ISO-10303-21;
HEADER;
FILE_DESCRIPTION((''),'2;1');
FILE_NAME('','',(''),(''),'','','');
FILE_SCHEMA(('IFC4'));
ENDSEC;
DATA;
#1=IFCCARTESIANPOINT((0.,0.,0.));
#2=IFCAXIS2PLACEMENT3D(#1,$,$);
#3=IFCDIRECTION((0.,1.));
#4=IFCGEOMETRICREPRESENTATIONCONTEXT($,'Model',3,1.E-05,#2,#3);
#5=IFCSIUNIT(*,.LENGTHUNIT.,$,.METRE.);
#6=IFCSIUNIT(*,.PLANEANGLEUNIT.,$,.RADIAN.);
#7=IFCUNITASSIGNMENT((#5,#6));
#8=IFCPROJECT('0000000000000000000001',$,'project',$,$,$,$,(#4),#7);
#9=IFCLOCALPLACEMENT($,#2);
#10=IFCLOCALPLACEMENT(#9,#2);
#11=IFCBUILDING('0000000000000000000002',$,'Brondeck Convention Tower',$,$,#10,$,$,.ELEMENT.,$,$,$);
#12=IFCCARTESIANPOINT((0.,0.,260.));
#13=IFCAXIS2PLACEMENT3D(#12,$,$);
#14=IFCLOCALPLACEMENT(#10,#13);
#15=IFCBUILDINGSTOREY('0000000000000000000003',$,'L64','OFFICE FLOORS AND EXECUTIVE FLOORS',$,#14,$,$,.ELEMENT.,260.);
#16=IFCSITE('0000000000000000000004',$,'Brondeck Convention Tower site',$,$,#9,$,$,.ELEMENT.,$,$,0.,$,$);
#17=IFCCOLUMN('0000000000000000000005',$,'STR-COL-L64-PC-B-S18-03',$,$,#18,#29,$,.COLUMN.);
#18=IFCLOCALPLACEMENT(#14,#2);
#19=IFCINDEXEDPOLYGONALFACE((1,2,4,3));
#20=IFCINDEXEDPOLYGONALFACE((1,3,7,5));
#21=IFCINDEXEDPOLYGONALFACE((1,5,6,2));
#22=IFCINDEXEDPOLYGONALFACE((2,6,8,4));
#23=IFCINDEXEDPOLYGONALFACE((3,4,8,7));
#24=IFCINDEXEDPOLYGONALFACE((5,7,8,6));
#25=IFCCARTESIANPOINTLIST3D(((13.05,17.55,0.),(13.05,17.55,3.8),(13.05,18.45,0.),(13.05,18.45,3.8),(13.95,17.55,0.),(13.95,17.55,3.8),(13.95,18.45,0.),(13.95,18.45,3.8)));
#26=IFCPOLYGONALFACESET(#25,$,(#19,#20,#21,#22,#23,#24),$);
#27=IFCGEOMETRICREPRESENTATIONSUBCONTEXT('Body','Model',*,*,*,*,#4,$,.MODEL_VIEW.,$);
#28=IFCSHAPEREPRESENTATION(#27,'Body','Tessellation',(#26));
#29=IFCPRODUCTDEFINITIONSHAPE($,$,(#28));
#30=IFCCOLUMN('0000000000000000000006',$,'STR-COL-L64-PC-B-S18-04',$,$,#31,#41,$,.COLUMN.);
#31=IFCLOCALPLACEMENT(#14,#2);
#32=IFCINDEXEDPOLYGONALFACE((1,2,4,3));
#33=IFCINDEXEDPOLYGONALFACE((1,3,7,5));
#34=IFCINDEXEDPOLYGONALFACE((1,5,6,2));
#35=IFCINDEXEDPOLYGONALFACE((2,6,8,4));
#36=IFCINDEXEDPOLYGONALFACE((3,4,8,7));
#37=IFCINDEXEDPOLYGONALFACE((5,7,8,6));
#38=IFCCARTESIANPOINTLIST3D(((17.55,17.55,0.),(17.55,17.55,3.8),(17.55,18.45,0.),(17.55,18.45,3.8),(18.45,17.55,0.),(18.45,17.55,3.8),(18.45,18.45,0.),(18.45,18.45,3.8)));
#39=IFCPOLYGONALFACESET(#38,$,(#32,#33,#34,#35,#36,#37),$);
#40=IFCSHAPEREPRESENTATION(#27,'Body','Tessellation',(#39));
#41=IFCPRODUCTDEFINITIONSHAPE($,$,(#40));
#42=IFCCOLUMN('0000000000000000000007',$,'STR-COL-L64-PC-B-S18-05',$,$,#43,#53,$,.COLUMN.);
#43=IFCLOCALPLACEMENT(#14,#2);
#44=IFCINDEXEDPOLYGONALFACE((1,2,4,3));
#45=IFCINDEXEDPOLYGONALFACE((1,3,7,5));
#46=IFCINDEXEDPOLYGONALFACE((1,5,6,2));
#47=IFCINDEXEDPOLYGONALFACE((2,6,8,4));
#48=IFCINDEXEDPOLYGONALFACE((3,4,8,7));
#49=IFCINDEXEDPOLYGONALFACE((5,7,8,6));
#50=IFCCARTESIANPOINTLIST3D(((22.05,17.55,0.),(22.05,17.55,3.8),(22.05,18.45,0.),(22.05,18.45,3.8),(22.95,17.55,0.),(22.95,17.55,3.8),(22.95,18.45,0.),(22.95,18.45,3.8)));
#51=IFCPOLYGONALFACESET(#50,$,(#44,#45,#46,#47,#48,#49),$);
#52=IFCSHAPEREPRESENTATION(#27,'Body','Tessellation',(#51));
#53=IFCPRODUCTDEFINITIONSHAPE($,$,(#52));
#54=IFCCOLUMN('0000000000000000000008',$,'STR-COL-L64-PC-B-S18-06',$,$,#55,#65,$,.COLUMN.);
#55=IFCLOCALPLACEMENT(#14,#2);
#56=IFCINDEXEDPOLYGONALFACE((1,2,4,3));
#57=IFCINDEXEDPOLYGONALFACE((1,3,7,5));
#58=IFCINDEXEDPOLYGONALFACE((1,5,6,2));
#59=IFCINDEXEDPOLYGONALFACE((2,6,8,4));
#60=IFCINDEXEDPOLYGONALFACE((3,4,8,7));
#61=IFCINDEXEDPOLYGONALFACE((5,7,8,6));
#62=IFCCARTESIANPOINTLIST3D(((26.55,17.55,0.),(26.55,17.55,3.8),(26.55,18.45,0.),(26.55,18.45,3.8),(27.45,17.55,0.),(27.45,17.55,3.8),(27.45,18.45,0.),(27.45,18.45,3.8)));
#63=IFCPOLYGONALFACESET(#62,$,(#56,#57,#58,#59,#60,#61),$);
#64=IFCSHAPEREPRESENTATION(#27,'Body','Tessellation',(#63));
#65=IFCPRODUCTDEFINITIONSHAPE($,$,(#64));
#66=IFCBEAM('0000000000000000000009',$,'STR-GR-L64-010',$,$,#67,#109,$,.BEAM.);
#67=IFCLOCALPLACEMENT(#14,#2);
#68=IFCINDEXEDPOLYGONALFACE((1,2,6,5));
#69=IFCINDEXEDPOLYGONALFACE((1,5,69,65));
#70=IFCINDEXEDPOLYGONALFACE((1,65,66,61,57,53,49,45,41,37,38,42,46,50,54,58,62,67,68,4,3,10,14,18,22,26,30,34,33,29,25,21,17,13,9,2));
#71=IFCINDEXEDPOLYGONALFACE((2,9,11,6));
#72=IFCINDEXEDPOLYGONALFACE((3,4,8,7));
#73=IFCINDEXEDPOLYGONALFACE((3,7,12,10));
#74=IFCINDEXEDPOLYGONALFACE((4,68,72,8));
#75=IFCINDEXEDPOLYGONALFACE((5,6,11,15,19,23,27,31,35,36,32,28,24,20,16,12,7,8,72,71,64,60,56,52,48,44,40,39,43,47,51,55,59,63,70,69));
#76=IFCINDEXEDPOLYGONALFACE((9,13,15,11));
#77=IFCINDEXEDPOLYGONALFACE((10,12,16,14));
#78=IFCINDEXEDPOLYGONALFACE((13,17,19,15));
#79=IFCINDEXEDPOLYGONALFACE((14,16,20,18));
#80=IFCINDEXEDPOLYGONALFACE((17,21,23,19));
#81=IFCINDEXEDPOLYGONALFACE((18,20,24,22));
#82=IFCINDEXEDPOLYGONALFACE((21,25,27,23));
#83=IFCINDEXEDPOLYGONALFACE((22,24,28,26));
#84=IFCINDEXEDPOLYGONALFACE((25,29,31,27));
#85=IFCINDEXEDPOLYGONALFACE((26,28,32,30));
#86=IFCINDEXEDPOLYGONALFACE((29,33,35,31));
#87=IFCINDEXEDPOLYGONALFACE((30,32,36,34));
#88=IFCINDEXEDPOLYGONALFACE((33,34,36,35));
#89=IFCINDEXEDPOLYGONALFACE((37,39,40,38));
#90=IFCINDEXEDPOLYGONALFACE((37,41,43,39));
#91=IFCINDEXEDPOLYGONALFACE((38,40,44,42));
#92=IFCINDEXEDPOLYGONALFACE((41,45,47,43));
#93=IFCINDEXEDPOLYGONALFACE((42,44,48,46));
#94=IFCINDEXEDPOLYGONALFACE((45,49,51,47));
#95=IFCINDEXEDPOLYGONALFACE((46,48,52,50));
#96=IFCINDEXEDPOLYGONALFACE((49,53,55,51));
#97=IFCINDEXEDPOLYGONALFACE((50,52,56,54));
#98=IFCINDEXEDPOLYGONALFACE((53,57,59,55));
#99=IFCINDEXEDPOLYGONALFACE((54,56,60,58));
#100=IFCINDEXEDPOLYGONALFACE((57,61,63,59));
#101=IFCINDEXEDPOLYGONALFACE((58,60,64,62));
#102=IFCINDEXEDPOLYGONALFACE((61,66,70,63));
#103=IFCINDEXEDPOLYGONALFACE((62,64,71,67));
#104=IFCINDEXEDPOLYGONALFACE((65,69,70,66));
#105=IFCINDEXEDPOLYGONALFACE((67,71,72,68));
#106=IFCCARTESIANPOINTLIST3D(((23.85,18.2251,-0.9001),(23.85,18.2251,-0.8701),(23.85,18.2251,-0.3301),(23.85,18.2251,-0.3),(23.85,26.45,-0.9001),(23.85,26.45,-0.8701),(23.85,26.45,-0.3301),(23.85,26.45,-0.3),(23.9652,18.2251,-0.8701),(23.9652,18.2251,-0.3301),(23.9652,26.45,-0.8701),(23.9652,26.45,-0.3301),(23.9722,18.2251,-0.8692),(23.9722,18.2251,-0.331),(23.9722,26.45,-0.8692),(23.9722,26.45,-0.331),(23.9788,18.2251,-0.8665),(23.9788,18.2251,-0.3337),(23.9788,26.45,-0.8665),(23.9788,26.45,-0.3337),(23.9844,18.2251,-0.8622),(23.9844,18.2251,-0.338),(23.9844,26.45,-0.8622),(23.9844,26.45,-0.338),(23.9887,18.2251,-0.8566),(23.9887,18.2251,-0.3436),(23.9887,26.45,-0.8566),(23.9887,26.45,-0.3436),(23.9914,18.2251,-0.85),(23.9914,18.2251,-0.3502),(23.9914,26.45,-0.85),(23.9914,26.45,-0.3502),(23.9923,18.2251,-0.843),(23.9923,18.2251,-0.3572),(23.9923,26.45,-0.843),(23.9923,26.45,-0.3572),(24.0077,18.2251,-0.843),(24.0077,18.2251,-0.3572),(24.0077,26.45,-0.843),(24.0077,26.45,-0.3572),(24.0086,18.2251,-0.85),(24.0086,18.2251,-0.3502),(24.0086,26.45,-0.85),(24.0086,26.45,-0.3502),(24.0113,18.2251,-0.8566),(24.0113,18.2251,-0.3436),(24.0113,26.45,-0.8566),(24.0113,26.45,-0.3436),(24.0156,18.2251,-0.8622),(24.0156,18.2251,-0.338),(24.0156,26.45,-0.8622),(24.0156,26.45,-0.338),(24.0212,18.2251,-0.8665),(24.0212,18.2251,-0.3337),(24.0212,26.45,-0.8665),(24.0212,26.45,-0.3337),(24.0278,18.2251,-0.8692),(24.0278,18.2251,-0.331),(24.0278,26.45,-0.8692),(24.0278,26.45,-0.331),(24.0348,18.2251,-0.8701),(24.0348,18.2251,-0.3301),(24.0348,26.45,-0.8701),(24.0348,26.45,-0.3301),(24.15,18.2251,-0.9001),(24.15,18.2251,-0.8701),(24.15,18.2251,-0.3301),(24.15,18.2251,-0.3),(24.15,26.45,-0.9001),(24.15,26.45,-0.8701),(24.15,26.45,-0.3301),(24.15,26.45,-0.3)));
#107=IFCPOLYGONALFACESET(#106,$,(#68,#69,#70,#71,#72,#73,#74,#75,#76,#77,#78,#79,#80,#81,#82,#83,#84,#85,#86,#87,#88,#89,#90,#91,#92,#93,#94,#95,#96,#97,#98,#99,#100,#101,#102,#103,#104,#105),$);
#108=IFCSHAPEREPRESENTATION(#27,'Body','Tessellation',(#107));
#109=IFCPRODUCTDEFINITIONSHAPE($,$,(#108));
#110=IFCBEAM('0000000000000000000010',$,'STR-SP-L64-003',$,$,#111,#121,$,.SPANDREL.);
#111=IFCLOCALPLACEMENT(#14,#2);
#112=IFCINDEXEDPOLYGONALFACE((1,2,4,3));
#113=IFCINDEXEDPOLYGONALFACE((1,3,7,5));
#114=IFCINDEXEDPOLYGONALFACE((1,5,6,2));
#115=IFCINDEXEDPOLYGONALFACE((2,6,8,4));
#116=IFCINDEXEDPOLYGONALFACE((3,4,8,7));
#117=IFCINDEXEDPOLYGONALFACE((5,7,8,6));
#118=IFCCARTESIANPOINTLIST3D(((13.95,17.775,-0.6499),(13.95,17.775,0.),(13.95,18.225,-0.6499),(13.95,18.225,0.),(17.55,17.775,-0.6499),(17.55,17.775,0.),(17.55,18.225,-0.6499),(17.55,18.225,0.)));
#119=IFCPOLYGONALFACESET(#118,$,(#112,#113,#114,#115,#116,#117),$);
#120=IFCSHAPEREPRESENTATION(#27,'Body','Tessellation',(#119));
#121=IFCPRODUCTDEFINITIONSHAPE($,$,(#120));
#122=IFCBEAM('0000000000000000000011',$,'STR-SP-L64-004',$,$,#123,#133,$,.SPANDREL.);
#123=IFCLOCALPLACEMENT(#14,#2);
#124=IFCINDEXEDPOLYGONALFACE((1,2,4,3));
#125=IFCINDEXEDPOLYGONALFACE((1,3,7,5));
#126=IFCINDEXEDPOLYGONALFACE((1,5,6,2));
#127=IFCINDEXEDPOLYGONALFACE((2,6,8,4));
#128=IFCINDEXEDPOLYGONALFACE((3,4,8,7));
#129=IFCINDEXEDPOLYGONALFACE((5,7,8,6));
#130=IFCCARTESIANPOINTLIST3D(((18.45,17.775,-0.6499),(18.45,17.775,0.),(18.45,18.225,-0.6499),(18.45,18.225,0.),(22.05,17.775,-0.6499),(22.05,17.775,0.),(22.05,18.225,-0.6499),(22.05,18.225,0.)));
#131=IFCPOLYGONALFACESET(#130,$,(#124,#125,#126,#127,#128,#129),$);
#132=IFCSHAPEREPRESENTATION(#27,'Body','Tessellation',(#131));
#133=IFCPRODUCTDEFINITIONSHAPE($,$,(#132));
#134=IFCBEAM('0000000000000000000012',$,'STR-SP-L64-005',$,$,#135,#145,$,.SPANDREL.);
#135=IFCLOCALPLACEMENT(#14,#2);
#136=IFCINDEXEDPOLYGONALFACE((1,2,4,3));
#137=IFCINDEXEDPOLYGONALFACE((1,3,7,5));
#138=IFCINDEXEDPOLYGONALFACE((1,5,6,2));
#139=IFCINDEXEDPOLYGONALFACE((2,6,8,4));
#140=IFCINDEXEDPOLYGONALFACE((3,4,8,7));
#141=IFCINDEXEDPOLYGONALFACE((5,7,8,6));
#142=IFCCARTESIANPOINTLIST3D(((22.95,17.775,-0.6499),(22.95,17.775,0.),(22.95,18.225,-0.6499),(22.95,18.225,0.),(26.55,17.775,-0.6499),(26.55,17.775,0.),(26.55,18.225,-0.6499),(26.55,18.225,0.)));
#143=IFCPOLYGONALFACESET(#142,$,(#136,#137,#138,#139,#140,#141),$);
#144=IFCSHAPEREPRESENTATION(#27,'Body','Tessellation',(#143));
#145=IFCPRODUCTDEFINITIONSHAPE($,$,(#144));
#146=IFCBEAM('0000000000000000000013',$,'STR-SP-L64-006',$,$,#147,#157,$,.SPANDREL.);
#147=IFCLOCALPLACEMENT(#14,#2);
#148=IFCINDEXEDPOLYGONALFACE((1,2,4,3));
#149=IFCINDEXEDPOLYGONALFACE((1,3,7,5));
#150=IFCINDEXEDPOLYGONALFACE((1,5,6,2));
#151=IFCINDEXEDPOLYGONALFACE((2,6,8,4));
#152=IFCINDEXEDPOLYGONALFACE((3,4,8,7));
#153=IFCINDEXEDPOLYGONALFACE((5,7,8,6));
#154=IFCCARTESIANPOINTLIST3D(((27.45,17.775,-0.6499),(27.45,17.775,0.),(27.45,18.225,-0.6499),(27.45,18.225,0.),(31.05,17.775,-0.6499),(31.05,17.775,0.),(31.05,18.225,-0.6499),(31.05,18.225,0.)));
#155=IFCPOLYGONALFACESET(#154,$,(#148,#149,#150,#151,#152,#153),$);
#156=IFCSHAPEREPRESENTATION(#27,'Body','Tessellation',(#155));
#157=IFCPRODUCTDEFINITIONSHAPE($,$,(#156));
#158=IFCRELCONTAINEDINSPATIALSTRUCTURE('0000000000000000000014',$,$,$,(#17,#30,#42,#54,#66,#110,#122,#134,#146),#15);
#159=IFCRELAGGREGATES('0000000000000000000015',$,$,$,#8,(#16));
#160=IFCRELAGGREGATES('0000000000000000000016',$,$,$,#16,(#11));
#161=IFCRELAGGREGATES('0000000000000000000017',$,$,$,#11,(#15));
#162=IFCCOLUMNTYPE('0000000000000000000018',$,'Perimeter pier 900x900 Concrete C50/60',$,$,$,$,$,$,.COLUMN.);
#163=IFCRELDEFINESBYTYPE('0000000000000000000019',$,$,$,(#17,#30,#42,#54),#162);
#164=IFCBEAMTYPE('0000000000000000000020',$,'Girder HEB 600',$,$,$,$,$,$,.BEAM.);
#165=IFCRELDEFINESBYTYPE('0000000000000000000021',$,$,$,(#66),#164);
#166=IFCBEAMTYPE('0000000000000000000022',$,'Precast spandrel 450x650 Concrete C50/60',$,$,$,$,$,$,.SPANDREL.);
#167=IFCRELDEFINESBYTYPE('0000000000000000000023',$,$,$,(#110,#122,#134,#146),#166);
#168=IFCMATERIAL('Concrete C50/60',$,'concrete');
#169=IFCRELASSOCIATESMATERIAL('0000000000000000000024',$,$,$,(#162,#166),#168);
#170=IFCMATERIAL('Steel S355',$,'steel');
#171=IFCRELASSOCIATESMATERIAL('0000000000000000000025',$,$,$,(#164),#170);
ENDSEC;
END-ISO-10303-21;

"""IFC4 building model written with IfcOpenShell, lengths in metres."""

from ifc_helpers import new_model, si_unit, direction, frame, origin, origin_2d, place, context, subcontext, project, spatial, rectangle, i_section, extrude, material, material_profile, profile_set, type_object, element, save


model = new_model("IFC4")

# Units and contexts
model_context = context("Model", 3, precision=1e-05, world=origin(), true_north=direction((0.0, 1.0)))
body_context = subcontext(model_context, "Body", "Model", "MODEL_VIEW")
ifc_project = project(units=[si_unit("LENGTHUNIT", "METRE"), si_unit("PLANEANGLEUNIT", "RADIAN")], contexts=[model_context])

# Site, building, storey
site_placement = place(None, origin())
site = spatial("IfcSite", under=ifc_project, at=site_placement, Name="Brondeck Convention Tower site", CompositionType="ELEMENT", RefElevation=0.0)
building_placement = place(site_placement, origin())
building = spatial("IfcBuilding", under=site, at=building_placement, Name="Brondeck Convention Tower", CompositionType="ELEMENT")
storey_placement = place(building_placement, frame((0.0, 0.0, 260.0)))
storey = spatial("IfcBuildingStorey", under=building, at=storey_placement, Name="L64", Description="OFFICE FLOORS AND EXECUTIVE FLOORS", CompositionType="ELEMENT", Elevation=260.0)

# Columns
ifc_material_1 = material(Name="Concrete C50/60", Category="concrete")
ifc_material_profile_1 = material_profile(ifc_material_1, rectangle(XDim=0.8999, YDim=0.8999, at=origin_2d()), Name="Perimeter pier 900x900 Concrete C50/60")
ifc_profile_set_1 = profile_set([ifc_material_profile_1], Name="Concrete C50/60")
column_type = type_object("IfcColumnType", Name="Perimeter pier 900x900 Concrete C50/60", PredefinedType="COLUMN", material=ifc_profile_set_1)
for number, where, z_axis, x_axis, name in (
    (1, (13.5, 18.0, 0.0), (0.0, 0.0, 1.0), (1.0, 0.0, 0.0), "STR-COL-L64-PC-B-S18-03"),
    (2, (18.0, 18.0, 0.0), (0.0, 0.0, 1.0), (1.0, 0.0, 0.0), "STR-COL-L64-PC-B-S18-04"),
    (3, (22.5, 18.0, 0.0), (0.0, 0.0, 1.0), (1.0, 0.0, 0.0), "STR-COL-L64-PC-B-S18-05"),
    (4, (27.0, 18.0, 0.0), (0.0, 0.0, 1.0), (1.0, 0.0, 0.0), "STR-COL-L64-PC-B-S18-06"),
):
    element("IfcColumn", number, at=place(storey_placement, frame(where, z_axis=z_axis, x_axis=x_axis)), inside=storey, type_object=column_type, Name=name, PredefinedType="COLUMN", context=body_context, shape_type="SweptSolid", body=[
        extrude(rectangle(XDim=0.8999, YDim=0.8999, at=origin_2d()), origin(), (0.0, 0.0, 1.0), 3.8),
    ])

# Beams
ifc_material_2 = material(Name="Steel S355", Category="steel")
ifc_material_profile_2 = material_profile(ifc_material_2, i_section(OverallWidth=0.3, OverallDepth=0.6001, WebThickness=0.0154, FlangeThickness=0.03, FilletRadius=0.0271, at=origin_2d()), Name="HEB 600")
ifc_profile_set_2 = profile_set([ifc_material_profile_2], Name="Steel S355")
beam_type_1 = type_object("IfcBeamType", Name="Girder HEB 600", PredefinedType="BEAM", material=ifc_profile_set_2)
beam_placement = place(storey_placement, frame((24.0, 26.45, -0.6001), z_axis=(0.0, -1.0, 0.0), x_axis=(1.0, 0.0, 0.0)))
element("IfcBeam", 5, at=beam_placement, inside=storey, type_object=beam_type_1, Name="STR-GR-L64-010", PredefinedType="BEAM", context=body_context, shape_type="SweptSolid", body=[
    extrude(i_section(OverallWidth=0.3, OverallDepth=0.6001, WebThickness=0.0154, FlangeThickness=0.03, FilletRadius=0.0271, at=origin_2d()), origin(), (0.0, 0.0, 1.0), 8.2249),
])
ifc_material_profile_3 = material_profile(ifc_material_1, rectangle(XDim=0.45, YDim=0.6499, at=origin_2d()), Name="Precast spandrel 450x650 Concrete C50/60")
ifc_profile_set_3 = profile_set([ifc_material_profile_3], Name="Concrete C50/60")
beam_type_2 = type_object("IfcBeamType", Name="Precast spandrel 450x650 Concrete C50/60", PredefinedType="SPANDREL", material=ifc_profile_set_3)
for number, where, z_axis, x_axis, name in (
    (6, (13.95, 18.0, -0.325), (1.0, 0.0, 0.0), (0.0, 1.0, 0.0), "STR-SP-L64-003"),
    (7, (18.45, 18.0, -0.325), (1.0, 0.0, 0.0), (0.0, 1.0, 0.0), "STR-SP-L64-004"),
    (8, (22.95, 18.0, -0.325), (1.0, 0.0, 0.0), (0.0, 1.0, 0.0), "STR-SP-L64-005"),
    (9, (27.45, 18.0, -0.325), (1.0, 0.0, 0.0), (0.0, 1.0, 0.0), "STR-SP-L64-006"),
):
    element("IfcBeam", number, at=place(storey_placement, frame(where, z_axis=z_axis, x_axis=x_axis)), inside=storey, type_object=beam_type_2, Name=name, PredefinedType="SPANDREL", context=body_context, shape_type="SweptSolid", body=[
        extrude(rectangle(XDim=0.45, YDim=0.6499, at=origin_2d()), origin(), (0.0, 0.0, 1.0), 3.6001),
    ])

save(model, "model.ifc")
